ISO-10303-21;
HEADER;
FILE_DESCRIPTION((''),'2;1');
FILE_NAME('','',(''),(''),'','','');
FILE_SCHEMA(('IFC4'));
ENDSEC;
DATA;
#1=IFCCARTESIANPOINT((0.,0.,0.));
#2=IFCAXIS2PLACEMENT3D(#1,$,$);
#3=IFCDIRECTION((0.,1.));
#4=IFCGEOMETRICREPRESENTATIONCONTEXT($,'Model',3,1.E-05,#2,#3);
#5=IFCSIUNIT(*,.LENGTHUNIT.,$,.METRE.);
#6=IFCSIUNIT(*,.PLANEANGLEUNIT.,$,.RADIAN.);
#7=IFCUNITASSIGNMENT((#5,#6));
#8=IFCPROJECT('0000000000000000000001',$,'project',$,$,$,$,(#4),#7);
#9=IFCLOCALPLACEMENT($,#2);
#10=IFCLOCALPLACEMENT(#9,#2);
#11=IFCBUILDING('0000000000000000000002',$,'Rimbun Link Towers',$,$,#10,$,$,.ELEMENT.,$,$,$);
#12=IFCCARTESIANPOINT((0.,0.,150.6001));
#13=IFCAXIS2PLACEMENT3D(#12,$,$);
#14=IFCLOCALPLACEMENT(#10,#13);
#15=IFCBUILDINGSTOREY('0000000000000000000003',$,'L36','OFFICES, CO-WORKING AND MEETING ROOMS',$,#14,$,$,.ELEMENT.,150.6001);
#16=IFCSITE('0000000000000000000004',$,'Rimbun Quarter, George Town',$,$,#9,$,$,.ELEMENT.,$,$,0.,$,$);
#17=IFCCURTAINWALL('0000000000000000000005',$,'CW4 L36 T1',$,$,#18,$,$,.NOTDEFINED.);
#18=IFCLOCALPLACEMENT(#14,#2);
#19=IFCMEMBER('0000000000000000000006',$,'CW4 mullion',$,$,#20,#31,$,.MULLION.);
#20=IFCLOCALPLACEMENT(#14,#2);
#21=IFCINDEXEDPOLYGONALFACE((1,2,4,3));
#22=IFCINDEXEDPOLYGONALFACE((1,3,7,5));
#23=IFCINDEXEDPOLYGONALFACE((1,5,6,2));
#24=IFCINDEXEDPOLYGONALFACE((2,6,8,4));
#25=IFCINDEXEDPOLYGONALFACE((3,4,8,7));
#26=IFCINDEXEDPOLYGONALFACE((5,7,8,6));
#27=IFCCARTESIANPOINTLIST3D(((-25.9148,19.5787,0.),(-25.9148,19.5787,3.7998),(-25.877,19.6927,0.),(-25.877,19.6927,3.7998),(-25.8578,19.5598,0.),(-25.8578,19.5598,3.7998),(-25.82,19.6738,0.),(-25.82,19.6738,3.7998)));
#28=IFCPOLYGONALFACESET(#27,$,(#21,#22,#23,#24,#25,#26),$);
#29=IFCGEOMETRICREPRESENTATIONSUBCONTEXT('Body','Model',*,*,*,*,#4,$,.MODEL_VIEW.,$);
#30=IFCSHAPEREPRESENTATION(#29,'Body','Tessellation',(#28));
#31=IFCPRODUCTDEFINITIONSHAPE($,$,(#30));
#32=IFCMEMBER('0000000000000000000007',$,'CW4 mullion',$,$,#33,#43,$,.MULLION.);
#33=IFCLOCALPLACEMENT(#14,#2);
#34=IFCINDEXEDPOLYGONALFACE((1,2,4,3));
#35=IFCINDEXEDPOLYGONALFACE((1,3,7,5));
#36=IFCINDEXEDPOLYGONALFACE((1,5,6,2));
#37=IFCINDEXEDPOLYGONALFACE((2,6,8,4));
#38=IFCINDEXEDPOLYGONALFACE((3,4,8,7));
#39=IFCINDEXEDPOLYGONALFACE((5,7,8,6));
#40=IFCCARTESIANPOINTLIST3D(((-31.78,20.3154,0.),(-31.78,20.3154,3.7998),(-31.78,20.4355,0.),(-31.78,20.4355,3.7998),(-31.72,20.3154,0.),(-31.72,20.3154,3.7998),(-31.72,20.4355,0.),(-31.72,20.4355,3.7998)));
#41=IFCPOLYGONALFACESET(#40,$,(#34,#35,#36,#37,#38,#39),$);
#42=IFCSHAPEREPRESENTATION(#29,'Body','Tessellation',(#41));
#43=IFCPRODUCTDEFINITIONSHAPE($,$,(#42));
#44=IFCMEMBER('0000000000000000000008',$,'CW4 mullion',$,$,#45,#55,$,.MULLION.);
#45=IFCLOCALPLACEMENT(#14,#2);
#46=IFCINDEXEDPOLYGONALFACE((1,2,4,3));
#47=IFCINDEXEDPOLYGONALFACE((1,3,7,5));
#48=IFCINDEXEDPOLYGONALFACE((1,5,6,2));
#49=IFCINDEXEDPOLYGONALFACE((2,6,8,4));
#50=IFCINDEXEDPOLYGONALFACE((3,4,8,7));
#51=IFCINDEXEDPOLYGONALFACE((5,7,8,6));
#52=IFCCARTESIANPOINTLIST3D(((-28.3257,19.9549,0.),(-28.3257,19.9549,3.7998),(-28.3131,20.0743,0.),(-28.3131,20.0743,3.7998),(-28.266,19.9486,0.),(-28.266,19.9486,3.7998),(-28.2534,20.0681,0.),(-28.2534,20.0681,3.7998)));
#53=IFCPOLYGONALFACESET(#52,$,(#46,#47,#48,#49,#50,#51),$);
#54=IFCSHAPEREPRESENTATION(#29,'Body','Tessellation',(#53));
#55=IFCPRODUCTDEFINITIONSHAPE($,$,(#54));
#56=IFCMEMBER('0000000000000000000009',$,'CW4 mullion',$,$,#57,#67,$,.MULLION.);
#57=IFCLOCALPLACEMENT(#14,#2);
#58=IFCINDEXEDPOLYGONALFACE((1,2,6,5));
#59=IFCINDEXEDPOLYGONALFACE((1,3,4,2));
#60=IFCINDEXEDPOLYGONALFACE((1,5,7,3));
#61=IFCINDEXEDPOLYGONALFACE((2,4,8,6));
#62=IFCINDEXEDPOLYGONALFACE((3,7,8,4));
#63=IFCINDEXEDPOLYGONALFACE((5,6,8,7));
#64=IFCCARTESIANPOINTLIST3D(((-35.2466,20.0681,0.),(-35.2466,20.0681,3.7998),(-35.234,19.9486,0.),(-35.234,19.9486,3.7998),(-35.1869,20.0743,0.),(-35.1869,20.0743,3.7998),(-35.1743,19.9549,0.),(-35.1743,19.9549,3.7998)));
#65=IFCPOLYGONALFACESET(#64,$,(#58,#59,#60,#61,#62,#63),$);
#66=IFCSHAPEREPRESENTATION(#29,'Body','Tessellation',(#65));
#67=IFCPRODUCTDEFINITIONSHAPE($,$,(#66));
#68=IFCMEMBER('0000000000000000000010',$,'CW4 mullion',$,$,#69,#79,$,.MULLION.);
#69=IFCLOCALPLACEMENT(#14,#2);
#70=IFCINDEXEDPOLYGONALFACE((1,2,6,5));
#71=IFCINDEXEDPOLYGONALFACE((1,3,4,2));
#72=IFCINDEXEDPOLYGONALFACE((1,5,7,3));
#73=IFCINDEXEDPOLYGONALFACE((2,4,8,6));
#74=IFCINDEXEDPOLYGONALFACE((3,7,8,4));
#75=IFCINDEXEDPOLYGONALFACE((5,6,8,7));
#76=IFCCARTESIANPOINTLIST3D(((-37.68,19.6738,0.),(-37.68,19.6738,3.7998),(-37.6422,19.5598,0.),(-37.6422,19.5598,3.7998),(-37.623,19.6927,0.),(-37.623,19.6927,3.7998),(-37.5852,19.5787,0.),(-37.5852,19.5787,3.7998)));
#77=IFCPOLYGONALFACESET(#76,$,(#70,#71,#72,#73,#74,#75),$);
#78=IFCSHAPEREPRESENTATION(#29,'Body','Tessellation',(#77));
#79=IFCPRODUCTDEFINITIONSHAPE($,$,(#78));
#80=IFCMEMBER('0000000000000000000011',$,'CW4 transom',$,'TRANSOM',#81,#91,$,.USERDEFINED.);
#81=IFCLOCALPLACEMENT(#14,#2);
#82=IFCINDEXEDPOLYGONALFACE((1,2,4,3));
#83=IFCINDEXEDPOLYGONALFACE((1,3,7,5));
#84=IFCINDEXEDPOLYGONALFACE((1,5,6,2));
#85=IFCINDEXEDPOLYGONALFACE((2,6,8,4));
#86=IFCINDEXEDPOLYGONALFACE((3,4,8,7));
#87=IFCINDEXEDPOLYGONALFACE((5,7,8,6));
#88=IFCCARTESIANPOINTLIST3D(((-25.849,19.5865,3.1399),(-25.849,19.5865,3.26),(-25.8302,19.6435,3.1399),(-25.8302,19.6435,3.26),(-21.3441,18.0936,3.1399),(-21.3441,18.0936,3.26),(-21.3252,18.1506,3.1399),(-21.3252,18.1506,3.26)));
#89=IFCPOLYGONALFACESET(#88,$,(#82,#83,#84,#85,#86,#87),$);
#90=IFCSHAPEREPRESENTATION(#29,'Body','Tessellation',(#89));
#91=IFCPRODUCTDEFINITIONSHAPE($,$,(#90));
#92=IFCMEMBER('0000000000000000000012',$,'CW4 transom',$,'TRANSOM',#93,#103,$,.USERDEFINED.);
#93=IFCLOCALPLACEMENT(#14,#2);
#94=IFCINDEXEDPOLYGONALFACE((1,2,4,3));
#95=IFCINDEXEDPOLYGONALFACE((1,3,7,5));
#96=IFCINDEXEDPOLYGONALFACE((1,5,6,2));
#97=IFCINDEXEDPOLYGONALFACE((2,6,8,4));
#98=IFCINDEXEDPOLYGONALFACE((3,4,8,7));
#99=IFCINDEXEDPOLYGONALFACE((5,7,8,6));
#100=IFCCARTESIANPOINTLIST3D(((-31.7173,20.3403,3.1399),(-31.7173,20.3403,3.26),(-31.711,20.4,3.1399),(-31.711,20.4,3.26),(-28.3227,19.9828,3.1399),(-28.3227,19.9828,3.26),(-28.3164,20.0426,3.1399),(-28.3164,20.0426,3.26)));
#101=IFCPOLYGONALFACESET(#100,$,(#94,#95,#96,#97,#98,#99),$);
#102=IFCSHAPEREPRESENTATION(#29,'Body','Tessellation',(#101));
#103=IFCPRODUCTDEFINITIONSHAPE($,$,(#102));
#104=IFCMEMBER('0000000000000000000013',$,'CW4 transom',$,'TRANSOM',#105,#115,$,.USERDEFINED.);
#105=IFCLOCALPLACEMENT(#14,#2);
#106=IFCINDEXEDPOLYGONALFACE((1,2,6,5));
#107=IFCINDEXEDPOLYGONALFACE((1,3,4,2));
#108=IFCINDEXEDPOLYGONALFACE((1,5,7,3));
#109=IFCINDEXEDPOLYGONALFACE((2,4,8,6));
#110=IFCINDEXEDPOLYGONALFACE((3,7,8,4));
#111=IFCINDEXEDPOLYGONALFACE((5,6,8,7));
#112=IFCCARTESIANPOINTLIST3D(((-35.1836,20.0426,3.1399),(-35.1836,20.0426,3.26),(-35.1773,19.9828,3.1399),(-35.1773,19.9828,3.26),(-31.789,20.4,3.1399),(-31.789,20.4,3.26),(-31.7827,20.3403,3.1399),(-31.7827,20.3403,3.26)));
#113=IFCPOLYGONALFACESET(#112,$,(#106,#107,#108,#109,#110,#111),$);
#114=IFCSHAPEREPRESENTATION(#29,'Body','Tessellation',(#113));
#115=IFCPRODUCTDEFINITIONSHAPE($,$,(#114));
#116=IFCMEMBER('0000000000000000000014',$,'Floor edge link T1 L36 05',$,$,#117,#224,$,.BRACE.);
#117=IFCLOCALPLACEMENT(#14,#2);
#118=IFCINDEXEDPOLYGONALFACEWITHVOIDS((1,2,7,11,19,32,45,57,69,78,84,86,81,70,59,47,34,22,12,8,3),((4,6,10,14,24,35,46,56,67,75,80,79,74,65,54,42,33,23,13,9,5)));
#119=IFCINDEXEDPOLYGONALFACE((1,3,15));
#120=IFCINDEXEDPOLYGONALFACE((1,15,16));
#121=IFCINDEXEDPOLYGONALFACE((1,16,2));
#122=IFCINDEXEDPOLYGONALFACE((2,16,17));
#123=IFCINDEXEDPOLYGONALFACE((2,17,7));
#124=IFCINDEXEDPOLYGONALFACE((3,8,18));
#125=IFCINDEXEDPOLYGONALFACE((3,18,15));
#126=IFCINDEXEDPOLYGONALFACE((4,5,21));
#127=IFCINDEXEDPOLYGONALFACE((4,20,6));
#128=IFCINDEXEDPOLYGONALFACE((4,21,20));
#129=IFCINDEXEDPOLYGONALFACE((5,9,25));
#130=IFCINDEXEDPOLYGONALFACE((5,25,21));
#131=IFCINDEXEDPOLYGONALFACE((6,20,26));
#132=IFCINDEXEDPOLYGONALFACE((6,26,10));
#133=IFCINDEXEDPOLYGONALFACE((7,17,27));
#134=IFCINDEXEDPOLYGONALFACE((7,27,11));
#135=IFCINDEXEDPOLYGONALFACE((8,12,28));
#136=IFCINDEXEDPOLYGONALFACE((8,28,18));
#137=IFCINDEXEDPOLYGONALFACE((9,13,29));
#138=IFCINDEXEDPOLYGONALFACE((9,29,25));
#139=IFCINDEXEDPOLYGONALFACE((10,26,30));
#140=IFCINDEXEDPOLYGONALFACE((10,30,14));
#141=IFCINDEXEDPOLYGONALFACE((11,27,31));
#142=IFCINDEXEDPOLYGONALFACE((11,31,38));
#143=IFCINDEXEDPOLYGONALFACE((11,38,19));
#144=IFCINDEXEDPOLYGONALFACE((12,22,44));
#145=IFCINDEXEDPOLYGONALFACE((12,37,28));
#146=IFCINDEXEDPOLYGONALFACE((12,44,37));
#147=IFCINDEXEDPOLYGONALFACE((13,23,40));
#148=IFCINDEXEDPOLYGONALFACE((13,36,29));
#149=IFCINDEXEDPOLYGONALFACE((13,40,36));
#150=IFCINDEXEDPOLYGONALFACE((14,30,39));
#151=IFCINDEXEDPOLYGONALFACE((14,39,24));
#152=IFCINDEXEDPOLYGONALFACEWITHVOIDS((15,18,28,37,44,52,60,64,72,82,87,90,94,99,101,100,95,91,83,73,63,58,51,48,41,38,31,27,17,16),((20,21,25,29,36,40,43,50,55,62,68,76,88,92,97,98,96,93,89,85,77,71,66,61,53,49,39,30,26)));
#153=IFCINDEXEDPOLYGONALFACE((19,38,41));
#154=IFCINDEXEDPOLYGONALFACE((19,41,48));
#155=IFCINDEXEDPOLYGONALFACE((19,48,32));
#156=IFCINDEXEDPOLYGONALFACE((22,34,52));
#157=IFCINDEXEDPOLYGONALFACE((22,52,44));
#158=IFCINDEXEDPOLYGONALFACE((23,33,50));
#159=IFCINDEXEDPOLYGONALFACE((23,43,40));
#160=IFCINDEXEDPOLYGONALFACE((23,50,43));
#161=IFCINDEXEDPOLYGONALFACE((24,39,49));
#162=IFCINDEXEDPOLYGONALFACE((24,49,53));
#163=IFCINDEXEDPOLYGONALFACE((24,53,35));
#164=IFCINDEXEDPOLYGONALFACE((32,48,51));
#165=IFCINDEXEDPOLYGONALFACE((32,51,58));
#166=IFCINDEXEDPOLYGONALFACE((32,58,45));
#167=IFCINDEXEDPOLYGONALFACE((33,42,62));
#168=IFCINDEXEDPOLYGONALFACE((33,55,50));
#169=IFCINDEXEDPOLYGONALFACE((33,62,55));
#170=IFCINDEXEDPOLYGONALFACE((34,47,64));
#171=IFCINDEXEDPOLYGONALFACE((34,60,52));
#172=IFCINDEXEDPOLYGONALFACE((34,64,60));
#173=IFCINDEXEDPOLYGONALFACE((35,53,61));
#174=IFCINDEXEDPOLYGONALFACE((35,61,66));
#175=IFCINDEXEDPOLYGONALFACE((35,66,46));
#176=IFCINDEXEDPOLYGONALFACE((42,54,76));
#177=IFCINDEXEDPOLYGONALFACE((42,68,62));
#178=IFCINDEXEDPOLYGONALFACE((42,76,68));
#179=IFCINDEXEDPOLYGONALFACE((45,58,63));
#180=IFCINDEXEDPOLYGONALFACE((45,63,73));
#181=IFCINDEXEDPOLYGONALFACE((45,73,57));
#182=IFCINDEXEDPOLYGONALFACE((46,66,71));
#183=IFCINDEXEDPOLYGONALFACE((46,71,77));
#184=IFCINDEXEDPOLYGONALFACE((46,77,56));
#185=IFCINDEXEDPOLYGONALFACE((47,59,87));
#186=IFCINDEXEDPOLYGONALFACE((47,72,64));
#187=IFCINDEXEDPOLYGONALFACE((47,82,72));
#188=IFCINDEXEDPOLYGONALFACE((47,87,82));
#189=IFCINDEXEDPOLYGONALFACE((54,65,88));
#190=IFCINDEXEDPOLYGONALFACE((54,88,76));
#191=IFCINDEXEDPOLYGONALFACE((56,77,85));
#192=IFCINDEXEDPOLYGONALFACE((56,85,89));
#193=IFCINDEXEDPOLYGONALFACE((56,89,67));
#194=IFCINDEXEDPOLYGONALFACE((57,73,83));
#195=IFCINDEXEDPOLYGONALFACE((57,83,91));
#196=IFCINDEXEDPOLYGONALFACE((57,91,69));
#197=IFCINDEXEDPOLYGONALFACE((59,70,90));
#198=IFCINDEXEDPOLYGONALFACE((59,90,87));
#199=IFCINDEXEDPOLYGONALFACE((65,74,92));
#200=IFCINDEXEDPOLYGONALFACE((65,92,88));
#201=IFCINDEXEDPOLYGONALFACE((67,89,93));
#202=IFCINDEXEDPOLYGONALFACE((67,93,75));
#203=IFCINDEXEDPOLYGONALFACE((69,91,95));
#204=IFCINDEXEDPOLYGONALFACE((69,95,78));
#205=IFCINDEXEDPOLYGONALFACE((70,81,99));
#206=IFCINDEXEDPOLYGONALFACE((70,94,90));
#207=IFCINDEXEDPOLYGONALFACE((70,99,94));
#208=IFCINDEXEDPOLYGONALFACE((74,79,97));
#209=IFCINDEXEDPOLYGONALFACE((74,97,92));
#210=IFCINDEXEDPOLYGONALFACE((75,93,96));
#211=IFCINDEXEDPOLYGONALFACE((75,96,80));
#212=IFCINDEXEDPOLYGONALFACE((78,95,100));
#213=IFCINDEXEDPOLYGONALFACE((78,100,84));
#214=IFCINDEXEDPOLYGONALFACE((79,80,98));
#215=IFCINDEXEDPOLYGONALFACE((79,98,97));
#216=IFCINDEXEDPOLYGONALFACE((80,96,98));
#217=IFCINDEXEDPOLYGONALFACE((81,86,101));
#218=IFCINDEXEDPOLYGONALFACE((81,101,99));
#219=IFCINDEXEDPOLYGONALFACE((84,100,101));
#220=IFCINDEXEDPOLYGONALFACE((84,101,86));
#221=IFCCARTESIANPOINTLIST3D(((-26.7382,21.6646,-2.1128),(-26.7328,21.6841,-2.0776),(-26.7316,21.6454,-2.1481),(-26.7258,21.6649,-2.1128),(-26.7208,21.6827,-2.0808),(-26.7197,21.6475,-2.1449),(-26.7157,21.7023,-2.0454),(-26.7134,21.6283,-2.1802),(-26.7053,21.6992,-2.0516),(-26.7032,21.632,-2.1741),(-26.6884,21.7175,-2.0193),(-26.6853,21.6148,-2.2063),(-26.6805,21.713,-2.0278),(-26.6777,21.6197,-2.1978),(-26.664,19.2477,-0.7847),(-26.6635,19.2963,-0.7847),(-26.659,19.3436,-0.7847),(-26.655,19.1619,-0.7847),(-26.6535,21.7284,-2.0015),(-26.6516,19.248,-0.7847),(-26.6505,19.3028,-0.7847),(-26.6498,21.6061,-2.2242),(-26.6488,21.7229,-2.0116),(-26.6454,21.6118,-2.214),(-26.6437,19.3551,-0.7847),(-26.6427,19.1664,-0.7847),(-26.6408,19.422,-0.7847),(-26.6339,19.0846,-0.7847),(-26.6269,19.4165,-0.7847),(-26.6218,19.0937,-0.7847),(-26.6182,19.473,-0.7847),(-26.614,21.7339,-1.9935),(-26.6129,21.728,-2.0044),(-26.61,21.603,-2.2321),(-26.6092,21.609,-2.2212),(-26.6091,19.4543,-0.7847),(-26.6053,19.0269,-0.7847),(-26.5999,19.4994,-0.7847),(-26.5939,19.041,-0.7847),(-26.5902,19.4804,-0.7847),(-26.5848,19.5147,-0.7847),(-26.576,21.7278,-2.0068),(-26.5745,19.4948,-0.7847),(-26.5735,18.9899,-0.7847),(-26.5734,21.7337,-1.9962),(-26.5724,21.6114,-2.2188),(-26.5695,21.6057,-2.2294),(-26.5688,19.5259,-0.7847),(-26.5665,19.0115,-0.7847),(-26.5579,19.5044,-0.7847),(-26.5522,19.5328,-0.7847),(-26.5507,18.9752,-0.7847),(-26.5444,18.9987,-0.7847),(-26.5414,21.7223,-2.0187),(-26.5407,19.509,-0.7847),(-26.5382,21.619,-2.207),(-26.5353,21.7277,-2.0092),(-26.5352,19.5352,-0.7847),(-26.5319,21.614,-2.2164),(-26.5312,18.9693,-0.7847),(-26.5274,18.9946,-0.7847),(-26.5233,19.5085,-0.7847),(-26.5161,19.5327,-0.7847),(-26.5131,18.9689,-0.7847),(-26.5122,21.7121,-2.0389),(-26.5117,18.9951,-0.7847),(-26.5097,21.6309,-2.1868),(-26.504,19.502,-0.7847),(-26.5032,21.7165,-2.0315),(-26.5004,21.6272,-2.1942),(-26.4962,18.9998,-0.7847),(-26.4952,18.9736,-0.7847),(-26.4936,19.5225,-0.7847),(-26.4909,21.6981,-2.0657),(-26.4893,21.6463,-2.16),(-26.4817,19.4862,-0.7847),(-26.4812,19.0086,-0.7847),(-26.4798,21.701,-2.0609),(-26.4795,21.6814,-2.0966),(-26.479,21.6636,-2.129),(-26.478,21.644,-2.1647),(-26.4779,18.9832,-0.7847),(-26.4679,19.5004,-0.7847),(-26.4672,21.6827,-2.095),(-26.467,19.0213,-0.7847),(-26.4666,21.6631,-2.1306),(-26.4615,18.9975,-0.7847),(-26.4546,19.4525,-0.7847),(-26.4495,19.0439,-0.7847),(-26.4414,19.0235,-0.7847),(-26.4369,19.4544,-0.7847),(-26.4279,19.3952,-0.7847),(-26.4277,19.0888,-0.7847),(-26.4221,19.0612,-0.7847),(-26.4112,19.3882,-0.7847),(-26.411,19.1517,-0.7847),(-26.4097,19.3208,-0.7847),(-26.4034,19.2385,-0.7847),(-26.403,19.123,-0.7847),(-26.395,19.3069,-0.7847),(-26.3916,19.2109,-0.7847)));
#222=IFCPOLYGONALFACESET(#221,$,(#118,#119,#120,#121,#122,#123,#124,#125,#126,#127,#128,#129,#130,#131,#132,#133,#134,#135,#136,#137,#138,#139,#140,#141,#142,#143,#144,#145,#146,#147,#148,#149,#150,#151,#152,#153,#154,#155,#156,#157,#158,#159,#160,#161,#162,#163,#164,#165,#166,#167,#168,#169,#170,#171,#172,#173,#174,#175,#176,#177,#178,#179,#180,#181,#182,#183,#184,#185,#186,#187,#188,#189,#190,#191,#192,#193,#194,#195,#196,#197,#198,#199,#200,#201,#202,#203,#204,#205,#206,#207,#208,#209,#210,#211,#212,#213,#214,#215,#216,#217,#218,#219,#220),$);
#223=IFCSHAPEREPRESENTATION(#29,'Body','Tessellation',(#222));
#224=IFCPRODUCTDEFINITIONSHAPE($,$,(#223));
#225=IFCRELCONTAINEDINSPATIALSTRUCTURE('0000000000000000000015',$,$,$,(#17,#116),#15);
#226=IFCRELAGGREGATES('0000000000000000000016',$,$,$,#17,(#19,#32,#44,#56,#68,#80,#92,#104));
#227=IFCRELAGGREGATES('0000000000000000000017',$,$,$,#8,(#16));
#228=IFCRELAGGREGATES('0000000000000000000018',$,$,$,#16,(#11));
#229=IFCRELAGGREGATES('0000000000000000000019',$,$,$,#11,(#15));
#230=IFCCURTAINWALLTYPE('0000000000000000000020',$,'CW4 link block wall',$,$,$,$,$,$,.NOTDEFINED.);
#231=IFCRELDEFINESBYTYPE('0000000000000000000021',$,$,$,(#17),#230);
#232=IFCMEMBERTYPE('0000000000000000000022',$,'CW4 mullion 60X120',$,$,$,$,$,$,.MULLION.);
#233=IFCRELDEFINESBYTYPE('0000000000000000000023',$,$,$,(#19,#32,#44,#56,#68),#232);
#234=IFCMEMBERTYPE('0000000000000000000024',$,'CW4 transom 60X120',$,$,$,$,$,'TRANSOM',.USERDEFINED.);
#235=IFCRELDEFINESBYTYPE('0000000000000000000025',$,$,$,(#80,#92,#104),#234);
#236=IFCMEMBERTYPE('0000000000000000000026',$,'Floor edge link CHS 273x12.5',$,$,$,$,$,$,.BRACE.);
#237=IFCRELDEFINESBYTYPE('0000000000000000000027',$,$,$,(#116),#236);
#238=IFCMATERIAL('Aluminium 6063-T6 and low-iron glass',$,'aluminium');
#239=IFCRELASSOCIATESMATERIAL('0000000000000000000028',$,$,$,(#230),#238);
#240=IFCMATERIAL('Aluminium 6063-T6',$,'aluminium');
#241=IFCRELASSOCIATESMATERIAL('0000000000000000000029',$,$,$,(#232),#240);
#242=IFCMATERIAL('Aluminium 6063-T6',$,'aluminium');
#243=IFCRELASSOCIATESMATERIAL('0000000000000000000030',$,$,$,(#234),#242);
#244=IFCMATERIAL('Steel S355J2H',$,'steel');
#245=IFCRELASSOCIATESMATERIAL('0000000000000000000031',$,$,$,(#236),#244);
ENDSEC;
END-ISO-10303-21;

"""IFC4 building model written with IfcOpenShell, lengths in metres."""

from ifc_helpers import new_model, si_unit, direction, frame, origin, origin_2d, place, context, subcontext, project, spatial, rectangle, hollow_circle, extrude, clip, halfspace, material, material_profile, profile_set, type_object, element, aggregate, save


model = new_model("IFC4")

# Units and contexts
model_context = context("Model", 3, precision=1e-05, world=origin(), true_north=direction((0.0, 1.0)))
body_context = subcontext(model_context, "Body", "Model", "MODEL_VIEW")
ifc_project = project(units=[si_unit("LENGTHUNIT", "METRE"), si_unit("PLANEANGLEUNIT", "RADIAN")], contexts=[model_context])

# Site, building, storey
site_placement = place(None, origin())
site = spatial("IfcSite", under=ifc_project, at=site_placement, Name="Rimbun Quarter, George Town", CompositionType="ELEMENT", RefElevation=0.0)
building_placement = place(site_placement, origin())
building = spatial("IfcBuilding", under=site, at=building_placement, Name="Rimbun Link Towers", CompositionType="ELEMENT")
storey_placement = place(building_placement, frame((0.0, 0.0, 150.6001)))
storey = spatial("IfcBuildingStorey", under=building, at=storey_placement, Name="L36", Description="OFFICES, CO-WORKING AND MEETING ROOMS", CompositionType="ELEMENT", Elevation=150.6001)

# Curtain wall, members
ifc_material_1 = material(Name="Aluminium 6063-T6 and low-iron glass", Category="aluminium")
curtain_wall_type = type_object("IfcCurtainWallType", Name="CW4 link block wall", PredefinedType="NOTDEFINED", material=ifc_material_1)
curtain_wall_placement = place(storey_placement, origin())
curtain_wall = element("IfcCurtainWall", 1, at=curtain_wall_placement, inside=storey, type_object=curtain_wall_type, Name="CW4 L36 T1", PredefinedType="NOTDEFINED")
ifc_material_2 = material(Name="Aluminium 6063-T6", Category="aluminium")
ifc_material_profile_1 = material_profile(ifc_material_2, rectangle(XDim=0.1201, YDim=0.0601, at=origin_2d()), Name="MULLION 60X120")
ifc_profile_set_1 = profile_set([ifc_material_profile_1], Name="Aluminium 6063-T6")
member_type_1 = type_object("IfcMemberType", Name="CW4 mullion 60X120", PredefinedType="MULLION", material=ifc_profile_set_1)
member_1_placement = place(storey_placement, frame((-25.8674, 19.6262, 0.0), z_axis=(0.0, 0.0, 1.0), x_axis=(0.314568, 0.949235, 0.0)))
member_1 = element("IfcMember", 2, at=member_1_placement, type_object=member_type_1, Name="CW4 mullion", PredefinedType="MULLION", context=body_context, shape_type="SweptSolid", body=[
    extrude(rectangle(XDim=0.1201, YDim=0.0601, at=origin_2d()), origin(), (0.0, 0.0, 1.0), 3.7998),
])
member_2_placement = place(storey_placement, frame((-31.75, 20.3755, 0.0), z_axis=(0.0, 0.0, 1.0), x_axis=(0.0, 1.0, 0.0)))
member_2 = element("IfcMember", 3, at=member_2_placement, type_object=member_type_1, Name="CW4 mullion", PredefinedType="MULLION", context=body_context, shape_type="SweptSolid", body=[
    extrude(rectangle(XDim=0.1201, YDim=0.0601, at=origin_2d()), origin(), (0.0, 0.0, 1.0), 3.7998),
])
member_3_placement = place(storey_placement, frame((-28.2896, 20.0115, 0.0), z_axis=(0.0, 0.0, 1.0), x_axis=(0.104745, 0.994499, 0.0)))
member_3 = element("IfcMember", 4, at=member_3_placement, type_object=member_type_1, Name="CW4 mullion", PredefinedType="MULLION", context=body_context, shape_type="SweptSolid", body=[
    extrude(rectangle(XDim=0.1201, YDim=0.0601, at=origin_2d()), origin(), (0.0, 0.0, 1.0), 3.7998),
])
member_4_placement = place(storey_placement, frame((-35.2104, 20.0115, 0.0), z_axis=(0.0, 0.0, 1.0), x_axis=(-0.104745, 0.994499, 0.0)))
member_4 = element("IfcMember", 5, at=member_4_placement, type_object=member_type_1, Name="CW4 mullion", PredefinedType="MULLION", context=body_context, shape_type="SweptSolid", body=[
    extrude(rectangle(XDim=0.1201, YDim=0.0601, at=origin_2d()), origin(), (0.0, 0.0, 1.0), 3.7998),
])
member_5_placement = place(storey_placement, frame((-37.6326, 19.6262, 0.0), z_axis=(0.0, 0.0, 1.0), x_axis=(-0.314568, 0.949235, 0.0)))
member_5 = element("IfcMember", 6, at=member_5_placement, type_object=member_type_1, Name="CW4 mullion", PredefinedType="MULLION", context=body_context, shape_type="SweptSolid", body=[
    extrude(rectangle(XDim=0.1201, YDim=0.0601, at=origin_2d()), origin(), (0.0, 0.0, 1.0), 3.7998),
])
ifc_material_3 = material(Name="Aluminium 6063-T6", Category="aluminium")
ifc_material_profile_2 = material_profile(ifc_material_3, rectangle(XDim=0.0601, YDim=0.1201, at=origin_2d()), Name="TRANSOM 60X120")
ifc_profile_set_2 = profile_set([ifc_material_profile_2], Name="Aluminium 6063-T6")
member_type_2 = type_object("IfcMemberType", Name="CW4 transom 60X120", ElementType="TRANSOM", PredefinedType="USERDEFINED", material=ifc_profile_set_2)
member_6_placement = place(storey_placement, frame((-25.8396, 19.615, 3.2), z_axis=(0.949232, -0.314576, 0.0), x_axis=(0.314576, 0.949232, 0.0)))
member_6 = element("IfcMember", 7, at=member_6_placement, type_object=member_type_2, Name="CW4 transom", ObjectType="TRANSOM", PredefinedType="USERDEFINED", context=body_context, shape_type="SweptSolid", body=[
    extrude(rectangle(XDim=0.0601, YDim=0.1201, at=origin_2d()), origin(), (0.0, 0.0, 1.0), 4.7458),
])
member_7_placement = place(storey_placement, frame((-31.7141, 20.3701, 3.2), z_axis=(0.994502, -0.104715, 0.0), x_axis=(0.104715, 0.994502, 0.0)))
member_7 = element("IfcMember", 8, at=member_7_placement, type_object=member_type_2, Name="CW4 transom", ObjectType="TRANSOM", PredefinedType="USERDEFINED", context=body_context, shape_type="SweptSolid", body=[
    extrude(rectangle(XDim=0.0601, YDim=0.1201, at=origin_2d()), origin(), (0.0, 0.0, 1.0), 3.4133),
])
member_8_placement = place(storey_placement, frame((-35.1804, 20.0127, 3.2), z_axis=(0.994502, 0.104715, 0.0), x_axis=(-0.104715, 0.994502, 0.0)))
member_8 = element("IfcMember", 9, at=member_8_placement, type_object=member_type_2, Name="CW4 transom", ObjectType="TRANSOM", PredefinedType="USERDEFINED", context=body_context, shape_type="SweptSolid", body=[
    extrude(rectangle(XDim=0.0601, YDim=0.1201, at=origin_2d()), origin(), (0.0, 0.0, 1.0), 3.4133),
])

# Member
ifc_material_4 = material(Name="Steel S355J2H", Category="steel")
ifc_material_profile_3 = material_profile(ifc_material_4, hollow_circle(Radius=0.1365, WallThickness=0.0125, at=origin_2d()), Name="CHS 273x12.5")
ifc_profile_set_3 = profile_set([ifc_material_profile_3], Name="Steel S355J2H")
member_type_3 = type_object("IfcMemberType", Name="Floor edge link CHS 273x12.5", PredefinedType="BRACE", material=ifc_profile_set_3)
for number, where, z_axis, x_axis, name in (
    (10, (-26.5342, 19.4651, -0.9019), (-0.026886, 0.876075, -0.481424), (-0.999529, -0.030675, 0.0), "Floor edge link T1 L36 05"),
):
    element("IfcMember", number, at=place(storey_placement, frame(where, z_axis=z_axis, x_axis=x_axis)), inside=storey, type_object=member_type_3, Name=name, PredefinedType="BRACE", context=body_context, shape_type="Clipping", body=[
        clip(extrude(hollow_circle(Radius=0.1365, WallThickness=0.0125, at=origin_2d()), frame((0.0, 0.0, -0.5178)), (0.0, 0.0, 1.0), 3.0332), halfspace(frame((0.0, 0.0, -0.2434), z_axis=(0.0, 0.876488, -0.481424)), False)),
    ])

aggregate(curtain_wall, [member_1, member_2, member_3, member_4, member_5, member_6, member_7, member_8])

save(model, "model.ifc")
